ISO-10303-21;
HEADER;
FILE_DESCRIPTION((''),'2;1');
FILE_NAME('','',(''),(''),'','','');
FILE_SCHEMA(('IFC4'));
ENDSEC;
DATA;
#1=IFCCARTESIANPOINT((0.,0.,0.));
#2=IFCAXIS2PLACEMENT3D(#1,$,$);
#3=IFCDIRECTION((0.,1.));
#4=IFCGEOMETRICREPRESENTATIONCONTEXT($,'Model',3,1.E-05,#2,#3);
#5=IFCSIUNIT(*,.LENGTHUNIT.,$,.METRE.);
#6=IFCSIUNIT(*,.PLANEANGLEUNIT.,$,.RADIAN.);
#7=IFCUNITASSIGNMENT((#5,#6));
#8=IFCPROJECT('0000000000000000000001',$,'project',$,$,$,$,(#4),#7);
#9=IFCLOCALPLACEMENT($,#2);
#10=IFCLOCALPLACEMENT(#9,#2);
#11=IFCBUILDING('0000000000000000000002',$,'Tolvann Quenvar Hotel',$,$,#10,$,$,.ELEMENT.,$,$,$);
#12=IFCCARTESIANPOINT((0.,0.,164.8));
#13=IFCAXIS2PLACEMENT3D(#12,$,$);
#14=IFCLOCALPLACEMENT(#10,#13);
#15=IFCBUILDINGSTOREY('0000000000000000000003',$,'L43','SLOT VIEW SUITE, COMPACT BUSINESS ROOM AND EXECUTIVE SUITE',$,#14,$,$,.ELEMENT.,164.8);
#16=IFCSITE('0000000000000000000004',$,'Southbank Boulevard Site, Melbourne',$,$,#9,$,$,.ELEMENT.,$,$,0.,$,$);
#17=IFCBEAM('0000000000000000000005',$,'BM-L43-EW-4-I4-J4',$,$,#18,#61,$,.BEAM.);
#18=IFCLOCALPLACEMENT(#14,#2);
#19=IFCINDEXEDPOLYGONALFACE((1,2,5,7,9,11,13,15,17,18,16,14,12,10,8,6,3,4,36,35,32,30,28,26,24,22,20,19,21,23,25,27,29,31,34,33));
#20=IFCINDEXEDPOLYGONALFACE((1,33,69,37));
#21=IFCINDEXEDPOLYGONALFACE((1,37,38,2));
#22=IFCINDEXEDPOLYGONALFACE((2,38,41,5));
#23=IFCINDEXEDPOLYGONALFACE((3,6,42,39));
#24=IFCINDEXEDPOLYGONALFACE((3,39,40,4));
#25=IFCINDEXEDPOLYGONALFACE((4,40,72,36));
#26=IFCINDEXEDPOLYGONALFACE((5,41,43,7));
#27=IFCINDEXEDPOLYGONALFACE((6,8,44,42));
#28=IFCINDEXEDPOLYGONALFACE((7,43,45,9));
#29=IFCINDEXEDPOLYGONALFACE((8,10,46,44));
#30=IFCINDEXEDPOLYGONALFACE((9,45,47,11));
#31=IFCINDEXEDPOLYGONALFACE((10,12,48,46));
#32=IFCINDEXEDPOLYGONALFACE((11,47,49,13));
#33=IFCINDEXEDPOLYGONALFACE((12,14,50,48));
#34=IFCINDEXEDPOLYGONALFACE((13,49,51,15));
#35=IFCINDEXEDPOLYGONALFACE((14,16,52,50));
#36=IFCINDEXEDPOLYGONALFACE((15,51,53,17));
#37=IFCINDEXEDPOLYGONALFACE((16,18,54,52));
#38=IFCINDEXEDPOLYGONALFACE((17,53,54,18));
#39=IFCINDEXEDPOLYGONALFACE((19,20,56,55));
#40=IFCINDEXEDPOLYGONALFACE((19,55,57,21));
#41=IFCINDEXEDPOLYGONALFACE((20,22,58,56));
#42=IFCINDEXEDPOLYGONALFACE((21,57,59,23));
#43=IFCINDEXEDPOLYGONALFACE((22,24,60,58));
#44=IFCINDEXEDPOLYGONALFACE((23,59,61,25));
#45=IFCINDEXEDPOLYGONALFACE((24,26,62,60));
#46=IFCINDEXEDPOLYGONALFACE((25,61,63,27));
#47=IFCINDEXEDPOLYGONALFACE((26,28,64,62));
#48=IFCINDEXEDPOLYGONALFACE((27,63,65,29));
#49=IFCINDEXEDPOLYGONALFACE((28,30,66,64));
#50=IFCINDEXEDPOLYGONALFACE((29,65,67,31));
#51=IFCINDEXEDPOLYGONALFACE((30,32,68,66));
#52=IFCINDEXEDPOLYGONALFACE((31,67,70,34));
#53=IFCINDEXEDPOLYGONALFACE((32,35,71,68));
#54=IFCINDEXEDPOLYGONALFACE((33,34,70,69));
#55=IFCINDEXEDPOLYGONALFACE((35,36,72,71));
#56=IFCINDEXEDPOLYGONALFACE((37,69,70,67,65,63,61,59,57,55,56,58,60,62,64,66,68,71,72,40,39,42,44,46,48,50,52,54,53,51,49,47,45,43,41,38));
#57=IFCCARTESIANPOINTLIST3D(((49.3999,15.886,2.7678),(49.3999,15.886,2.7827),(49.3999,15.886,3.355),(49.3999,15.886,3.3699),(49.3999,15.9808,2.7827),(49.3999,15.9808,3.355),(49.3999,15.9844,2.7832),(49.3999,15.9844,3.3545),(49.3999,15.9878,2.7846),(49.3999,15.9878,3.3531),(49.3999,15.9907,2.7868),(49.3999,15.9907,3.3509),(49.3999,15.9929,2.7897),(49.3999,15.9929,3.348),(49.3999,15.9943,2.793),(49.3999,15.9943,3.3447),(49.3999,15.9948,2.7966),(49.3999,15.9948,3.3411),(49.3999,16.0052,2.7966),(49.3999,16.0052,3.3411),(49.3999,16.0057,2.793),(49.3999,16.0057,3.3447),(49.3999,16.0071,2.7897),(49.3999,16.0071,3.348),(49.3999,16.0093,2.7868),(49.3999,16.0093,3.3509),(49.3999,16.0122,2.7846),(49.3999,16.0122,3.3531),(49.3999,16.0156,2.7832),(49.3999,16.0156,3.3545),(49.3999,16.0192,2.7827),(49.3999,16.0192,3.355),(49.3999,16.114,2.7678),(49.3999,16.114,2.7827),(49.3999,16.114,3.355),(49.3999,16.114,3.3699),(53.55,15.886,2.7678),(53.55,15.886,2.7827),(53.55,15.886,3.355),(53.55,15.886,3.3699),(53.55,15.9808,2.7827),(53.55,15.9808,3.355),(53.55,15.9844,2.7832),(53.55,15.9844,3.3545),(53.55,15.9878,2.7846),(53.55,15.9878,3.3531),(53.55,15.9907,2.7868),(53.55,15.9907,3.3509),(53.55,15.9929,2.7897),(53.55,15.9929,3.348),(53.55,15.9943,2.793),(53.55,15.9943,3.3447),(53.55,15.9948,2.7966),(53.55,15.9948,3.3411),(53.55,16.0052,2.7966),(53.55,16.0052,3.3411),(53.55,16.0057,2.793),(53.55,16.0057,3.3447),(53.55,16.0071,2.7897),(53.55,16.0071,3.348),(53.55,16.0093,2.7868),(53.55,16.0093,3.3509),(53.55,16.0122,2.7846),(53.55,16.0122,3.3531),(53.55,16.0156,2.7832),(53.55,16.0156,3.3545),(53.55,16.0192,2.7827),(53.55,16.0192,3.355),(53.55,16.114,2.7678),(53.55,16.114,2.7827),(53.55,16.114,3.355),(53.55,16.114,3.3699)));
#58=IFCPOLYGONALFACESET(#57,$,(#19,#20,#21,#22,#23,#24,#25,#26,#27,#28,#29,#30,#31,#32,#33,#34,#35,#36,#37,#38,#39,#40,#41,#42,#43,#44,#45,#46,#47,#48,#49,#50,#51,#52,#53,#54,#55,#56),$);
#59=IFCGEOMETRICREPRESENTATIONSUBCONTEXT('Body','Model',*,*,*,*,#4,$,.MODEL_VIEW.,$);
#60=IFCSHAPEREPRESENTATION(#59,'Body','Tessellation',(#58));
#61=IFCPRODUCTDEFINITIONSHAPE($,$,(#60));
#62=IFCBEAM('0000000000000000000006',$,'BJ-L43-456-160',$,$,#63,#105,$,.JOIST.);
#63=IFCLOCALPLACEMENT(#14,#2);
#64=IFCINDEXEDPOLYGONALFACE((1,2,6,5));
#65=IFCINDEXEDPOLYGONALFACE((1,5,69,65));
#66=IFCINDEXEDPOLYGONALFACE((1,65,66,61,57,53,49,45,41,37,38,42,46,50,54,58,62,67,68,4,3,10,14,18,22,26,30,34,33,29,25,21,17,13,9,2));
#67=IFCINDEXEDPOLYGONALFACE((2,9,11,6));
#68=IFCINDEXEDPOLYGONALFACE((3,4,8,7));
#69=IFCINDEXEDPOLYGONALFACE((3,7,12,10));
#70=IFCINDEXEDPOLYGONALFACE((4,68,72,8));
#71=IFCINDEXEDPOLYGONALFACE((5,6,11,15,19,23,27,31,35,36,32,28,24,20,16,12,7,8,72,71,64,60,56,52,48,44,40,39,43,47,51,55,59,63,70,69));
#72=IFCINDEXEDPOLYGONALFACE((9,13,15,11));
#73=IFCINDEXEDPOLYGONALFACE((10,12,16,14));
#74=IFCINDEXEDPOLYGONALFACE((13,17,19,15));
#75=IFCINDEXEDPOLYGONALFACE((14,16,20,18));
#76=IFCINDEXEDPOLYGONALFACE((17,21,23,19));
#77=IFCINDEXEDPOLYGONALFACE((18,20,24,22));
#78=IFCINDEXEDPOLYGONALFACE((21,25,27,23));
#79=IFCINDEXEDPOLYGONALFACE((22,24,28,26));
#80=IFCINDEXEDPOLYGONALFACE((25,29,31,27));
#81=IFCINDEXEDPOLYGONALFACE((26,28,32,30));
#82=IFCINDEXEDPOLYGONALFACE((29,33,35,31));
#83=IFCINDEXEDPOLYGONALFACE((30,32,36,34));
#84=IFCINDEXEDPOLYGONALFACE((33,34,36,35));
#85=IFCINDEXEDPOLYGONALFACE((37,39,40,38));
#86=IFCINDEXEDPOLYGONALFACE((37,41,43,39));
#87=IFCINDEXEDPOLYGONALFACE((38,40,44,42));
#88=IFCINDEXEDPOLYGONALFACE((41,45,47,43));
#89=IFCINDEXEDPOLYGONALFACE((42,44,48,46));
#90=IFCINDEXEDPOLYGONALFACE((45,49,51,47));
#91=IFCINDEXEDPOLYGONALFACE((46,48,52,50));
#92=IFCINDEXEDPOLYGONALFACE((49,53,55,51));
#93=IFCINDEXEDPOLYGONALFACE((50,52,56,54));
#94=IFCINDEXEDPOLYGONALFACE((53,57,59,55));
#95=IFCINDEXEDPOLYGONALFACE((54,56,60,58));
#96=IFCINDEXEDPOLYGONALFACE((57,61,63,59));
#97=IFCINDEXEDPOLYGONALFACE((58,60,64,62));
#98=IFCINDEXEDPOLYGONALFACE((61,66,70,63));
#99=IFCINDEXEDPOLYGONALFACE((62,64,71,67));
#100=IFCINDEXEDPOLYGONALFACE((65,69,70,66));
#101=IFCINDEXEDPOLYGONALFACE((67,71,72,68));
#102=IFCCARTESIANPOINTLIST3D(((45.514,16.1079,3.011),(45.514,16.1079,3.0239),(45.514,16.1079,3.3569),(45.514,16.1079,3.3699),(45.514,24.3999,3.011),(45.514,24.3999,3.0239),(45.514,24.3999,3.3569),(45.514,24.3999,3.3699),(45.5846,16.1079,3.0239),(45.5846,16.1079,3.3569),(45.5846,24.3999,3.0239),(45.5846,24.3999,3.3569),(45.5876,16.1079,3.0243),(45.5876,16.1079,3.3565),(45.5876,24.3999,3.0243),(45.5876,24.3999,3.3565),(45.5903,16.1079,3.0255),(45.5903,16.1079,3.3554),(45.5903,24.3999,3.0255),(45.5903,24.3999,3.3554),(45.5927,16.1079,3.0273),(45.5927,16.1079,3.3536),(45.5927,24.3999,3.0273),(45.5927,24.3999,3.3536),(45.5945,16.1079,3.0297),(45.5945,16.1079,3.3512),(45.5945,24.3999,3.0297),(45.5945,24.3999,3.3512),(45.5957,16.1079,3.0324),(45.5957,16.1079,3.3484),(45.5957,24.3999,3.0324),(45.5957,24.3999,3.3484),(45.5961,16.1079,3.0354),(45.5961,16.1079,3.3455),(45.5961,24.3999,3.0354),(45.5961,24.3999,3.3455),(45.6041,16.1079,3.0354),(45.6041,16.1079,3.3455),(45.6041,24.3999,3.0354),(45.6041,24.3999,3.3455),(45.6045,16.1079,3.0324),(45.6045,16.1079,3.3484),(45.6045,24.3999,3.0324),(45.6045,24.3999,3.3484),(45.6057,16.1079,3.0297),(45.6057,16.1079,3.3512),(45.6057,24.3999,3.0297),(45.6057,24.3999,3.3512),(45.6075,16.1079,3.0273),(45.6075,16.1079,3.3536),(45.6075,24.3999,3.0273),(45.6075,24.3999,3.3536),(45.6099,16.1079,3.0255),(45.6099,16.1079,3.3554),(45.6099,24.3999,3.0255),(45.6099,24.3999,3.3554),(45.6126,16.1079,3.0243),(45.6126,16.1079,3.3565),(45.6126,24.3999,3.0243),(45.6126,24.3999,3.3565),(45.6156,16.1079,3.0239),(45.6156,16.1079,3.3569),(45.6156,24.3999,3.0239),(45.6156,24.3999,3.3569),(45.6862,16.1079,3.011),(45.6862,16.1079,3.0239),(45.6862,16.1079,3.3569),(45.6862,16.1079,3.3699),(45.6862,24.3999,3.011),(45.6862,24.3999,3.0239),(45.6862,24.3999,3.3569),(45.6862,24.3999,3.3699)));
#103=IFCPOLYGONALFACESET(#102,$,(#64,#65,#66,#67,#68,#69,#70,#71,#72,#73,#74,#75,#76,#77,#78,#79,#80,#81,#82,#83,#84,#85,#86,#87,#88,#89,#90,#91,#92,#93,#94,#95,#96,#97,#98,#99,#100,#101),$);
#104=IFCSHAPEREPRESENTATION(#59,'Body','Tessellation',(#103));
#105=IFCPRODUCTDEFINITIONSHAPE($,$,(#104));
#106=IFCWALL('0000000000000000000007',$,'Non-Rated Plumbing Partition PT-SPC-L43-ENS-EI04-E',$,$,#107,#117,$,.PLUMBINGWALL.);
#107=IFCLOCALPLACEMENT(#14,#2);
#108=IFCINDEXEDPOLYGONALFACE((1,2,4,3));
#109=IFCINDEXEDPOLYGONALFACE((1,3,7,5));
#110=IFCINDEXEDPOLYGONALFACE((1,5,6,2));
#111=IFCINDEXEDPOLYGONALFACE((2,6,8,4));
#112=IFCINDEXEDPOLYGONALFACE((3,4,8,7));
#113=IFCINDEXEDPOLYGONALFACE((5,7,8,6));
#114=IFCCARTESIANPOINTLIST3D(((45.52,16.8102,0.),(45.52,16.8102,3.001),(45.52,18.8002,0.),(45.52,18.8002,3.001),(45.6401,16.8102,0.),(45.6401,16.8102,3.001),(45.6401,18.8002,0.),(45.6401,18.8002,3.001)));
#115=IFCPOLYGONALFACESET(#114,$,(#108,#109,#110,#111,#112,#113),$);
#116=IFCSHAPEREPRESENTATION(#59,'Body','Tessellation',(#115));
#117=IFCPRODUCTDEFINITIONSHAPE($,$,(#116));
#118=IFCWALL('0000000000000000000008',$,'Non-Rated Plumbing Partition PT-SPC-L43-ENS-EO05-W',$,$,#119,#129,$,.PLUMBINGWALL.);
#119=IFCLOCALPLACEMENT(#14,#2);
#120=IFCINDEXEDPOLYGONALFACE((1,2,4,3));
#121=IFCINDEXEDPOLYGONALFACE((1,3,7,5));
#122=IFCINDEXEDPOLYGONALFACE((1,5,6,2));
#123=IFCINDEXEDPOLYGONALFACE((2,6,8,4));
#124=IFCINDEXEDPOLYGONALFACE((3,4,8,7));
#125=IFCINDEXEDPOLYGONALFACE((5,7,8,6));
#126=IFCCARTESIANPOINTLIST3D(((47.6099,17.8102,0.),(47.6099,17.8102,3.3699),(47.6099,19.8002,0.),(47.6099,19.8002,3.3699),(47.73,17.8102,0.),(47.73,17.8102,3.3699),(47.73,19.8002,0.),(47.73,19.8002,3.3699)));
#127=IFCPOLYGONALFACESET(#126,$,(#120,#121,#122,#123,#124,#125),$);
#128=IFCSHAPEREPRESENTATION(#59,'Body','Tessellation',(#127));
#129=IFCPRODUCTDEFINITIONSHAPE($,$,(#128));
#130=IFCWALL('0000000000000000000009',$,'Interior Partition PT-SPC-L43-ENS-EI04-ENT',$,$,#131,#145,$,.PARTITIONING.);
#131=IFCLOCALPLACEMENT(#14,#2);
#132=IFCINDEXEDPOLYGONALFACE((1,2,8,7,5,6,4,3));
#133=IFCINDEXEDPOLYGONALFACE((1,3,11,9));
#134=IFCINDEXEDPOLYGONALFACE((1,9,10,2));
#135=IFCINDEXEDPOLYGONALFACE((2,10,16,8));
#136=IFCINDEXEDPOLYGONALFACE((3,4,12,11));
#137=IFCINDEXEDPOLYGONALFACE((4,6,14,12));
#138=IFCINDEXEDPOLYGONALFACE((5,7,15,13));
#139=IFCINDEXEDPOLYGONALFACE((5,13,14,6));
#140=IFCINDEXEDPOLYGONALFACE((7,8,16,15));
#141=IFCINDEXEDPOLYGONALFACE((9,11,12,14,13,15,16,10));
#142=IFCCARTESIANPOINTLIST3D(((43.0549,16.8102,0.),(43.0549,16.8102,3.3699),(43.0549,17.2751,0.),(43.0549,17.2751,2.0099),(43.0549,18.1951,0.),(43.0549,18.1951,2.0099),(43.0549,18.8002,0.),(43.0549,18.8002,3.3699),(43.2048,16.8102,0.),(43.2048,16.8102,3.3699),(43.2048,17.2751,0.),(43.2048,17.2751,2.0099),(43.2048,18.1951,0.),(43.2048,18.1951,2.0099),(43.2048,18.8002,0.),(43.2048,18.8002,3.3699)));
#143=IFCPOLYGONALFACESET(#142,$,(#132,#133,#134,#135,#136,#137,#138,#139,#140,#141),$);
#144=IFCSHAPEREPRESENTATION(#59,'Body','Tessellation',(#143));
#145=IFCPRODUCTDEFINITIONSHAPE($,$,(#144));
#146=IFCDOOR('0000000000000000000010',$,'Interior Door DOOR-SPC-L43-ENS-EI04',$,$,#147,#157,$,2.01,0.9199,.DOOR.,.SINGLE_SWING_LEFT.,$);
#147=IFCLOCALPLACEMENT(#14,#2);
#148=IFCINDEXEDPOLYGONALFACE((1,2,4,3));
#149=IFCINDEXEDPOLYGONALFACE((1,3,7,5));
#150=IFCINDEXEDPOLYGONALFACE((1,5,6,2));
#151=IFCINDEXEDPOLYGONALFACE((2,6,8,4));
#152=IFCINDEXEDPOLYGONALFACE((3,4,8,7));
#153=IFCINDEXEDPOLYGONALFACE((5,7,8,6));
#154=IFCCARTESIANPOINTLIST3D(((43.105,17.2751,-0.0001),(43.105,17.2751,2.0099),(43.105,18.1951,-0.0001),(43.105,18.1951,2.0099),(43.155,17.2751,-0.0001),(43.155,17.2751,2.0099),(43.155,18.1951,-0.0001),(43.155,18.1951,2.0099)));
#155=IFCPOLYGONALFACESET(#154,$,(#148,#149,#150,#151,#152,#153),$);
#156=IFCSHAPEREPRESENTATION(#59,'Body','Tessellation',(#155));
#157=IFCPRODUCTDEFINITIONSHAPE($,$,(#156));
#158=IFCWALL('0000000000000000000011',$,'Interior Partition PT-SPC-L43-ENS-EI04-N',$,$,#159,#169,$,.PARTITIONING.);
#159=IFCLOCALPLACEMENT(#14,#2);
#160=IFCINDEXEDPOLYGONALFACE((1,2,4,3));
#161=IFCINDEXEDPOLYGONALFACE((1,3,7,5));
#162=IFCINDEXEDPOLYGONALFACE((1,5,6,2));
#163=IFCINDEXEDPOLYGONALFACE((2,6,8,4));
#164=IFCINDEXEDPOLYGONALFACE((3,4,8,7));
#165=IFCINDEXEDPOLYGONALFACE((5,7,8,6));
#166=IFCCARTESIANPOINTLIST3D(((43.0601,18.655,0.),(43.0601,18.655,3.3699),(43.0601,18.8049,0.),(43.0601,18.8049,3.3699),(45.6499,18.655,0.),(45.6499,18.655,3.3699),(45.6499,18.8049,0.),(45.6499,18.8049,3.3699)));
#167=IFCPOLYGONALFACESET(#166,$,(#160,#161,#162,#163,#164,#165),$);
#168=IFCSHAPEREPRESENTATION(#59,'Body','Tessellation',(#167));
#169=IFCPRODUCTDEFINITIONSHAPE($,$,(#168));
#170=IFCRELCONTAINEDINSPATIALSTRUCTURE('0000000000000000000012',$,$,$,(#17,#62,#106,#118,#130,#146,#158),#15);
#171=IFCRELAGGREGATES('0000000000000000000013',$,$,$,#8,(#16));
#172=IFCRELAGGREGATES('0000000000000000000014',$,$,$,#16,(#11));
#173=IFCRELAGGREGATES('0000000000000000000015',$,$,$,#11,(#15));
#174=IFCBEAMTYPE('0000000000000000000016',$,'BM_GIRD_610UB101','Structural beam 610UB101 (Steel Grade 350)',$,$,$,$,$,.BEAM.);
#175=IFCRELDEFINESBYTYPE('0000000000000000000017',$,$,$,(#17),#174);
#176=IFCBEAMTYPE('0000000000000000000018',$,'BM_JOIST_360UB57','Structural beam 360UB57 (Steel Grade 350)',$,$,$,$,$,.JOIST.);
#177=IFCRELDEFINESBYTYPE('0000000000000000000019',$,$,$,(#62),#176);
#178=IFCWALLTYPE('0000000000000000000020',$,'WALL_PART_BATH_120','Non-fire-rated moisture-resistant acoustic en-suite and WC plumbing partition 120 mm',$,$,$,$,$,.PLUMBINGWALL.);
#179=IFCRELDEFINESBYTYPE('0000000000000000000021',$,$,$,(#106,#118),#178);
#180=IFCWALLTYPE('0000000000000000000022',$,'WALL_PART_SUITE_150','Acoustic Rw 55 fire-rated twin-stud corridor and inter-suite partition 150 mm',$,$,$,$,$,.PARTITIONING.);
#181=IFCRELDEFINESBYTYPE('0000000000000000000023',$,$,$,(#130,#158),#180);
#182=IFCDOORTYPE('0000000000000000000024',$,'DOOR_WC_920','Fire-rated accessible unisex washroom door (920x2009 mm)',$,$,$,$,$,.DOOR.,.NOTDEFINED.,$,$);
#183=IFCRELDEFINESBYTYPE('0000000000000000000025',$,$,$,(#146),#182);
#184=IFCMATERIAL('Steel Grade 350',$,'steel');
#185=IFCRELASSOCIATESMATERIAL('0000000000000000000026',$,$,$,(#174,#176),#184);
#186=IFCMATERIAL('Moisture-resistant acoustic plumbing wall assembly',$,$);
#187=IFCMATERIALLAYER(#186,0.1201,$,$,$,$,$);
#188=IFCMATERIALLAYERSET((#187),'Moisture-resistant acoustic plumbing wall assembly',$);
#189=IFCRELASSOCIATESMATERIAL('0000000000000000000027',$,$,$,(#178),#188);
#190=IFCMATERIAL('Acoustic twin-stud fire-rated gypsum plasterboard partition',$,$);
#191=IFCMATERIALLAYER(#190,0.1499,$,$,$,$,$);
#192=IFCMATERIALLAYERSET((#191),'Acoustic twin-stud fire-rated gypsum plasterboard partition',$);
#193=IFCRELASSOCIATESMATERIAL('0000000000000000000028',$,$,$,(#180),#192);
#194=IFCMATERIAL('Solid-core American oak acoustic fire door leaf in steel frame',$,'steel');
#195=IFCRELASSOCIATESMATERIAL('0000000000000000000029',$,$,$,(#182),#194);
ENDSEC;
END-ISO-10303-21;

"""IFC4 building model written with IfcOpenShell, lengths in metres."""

from ifc_helpers import new_model, si_unit, direction, frame, frame_2d, origin, origin_2d, place, context, subcontext, project, spatial, rectangle, i_section, extrude, source, transform, mapped, material, layer, layer_set, material_profile, profile_set, type_object, type_shapes, element, fill, save


model = new_model("IFC4")

# Units and contexts
model_context = context("Model", 3, precision=1e-05, world=origin(), true_north=direction((0.0, 1.0)))
body_context = subcontext(model_context, "Body", "Model", "MODEL_VIEW")
ifc_project = project(units=[si_unit("LENGTHUNIT", "METRE"), si_unit("PLANEANGLEUNIT", "RADIAN")], contexts=[model_context])

# Site, building, storey
site_placement = place(None, origin())
site = spatial("IfcSite", under=ifc_project, at=site_placement, Name="Southbank Boulevard Site, Melbourne", CompositionType="ELEMENT", RefElevation=0.0)
building_placement = place(site_placement, origin())
building = spatial("IfcBuilding", under=site, at=building_placement, Name="Tolvann Quenvar Hotel", CompositionType="ELEMENT")
storey_placement = place(building_placement, frame((0.0, 0.0, 164.8)))
storey = spatial("IfcBuildingStorey", under=building, at=storey_placement, Name="L43", Description="SLOT VIEW SUITE, COMPACT BUSINESS ROOM AND EXECUTIVE SUITE", CompositionType="ELEMENT", Elevation=164.8)

# Shared definitions
ifc_material_1 = material(Name="Steel Grade 350", Category="steel")

# Beams
ifc_material_profile_1 = material_profile(ifc_material_1, i_section(OverallWidth=0.228, OverallDepth=0.6021, WebThickness=0.0105, FlangeThickness=0.0149, FilletRadius=0.0139, at=origin_2d()), Name="610UB101")
ifc_profile_set_1 = profile_set([ifc_material_profile_1], Name="Steel Grade 350")
beam_type_1 = type_object("IfcBeamType", Name="BM_GIRD_610UB101", Description="Structural beam 610UB101 (Steel Grade 350)", PredefinedType="BEAM", material=ifc_profile_set_1)
shared_shape_1 = source(origin(), body_context, "Body", "SweptSolid", [
    extrude(i_section(OverallWidth=0.228, OverallDepth=0.6021, WebThickness=0.0105, FlangeThickness=0.0149, FilletRadius=0.0139, at=origin_2d()), origin(), (0.0, 0.0, 1.0), 4.1501),
])
type_shapes(beam_type_1, [shared_shape_1])
beam_1_placement = place(storey_placement, frame((49.3999, 16.0, 3.0688), z_axis=(1.0, 0.0, 0.0), x_axis=(0.0, 1.0, 0.0)))
element("IfcBeam", 1, at=beam_1_placement, inside=storey, type_object=beam_type_1, Name="BM-L43-EW-4-I4-J4", PredefinedType="BEAM", context=body_context, shape_type="MappedRepresentation", body=[
    mapped(shared_shape_1, transform((0.0, 0.0, 0.0), x_axis=(1.0, 0.0, 0.0), y_axis=(0.0, 1.0, 0.0), z_axis=(0.0, 0.0, 1.0), scale=1.0)),
])
ifc_material_profile_2 = material_profile(ifc_material_1, i_section(OverallWidth=0.1721, OverallDepth=0.3589, WebThickness=0.0081, FlangeThickness=0.0129, FilletRadius=0.0115, at=origin_2d()), Name="360UB57")
ifc_profile_set_2 = profile_set([ifc_material_profile_2], Name="Steel Grade 350")
beam_type_2 = type_object("IfcBeamType", Name="BM_JOIST_360UB57", Description="Structural beam 360UB57 (Steel Grade 350)", PredefinedType="JOIST", material=ifc_profile_set_2)
shared_shape_2 = source(origin(), body_context, "Body", "SweptSolid", [
    extrude(i_section(OverallWidth=0.1721, OverallDepth=0.3589, WebThickness=0.0081, FlangeThickness=0.0129, FilletRadius=0.0115, at=origin_2d()), origin(), (0.0, 0.0, 1.0), 8.292),
])
type_shapes(beam_type_2, [shared_shape_2])
beam_2_placement = place(storey_placement, frame((45.6001, 16.1079, 3.1904), z_axis=(0.0, 1.0, 0.0), x_axis=(-1.0, 0.0, 0.0)))
element("IfcBeam", 2, at=beam_2_placement, inside=storey, type_object=beam_type_2, Name="BJ-L43-456-160", PredefinedType="JOIST", context=body_context, shape_type="MappedRepresentation", body=[
    mapped(shared_shape_2, transform((0.0, 0.0, 0.0), x_axis=(1.0, 0.0, 0.0), y_axis=(0.0, 1.0, 0.0), z_axis=(0.0, 0.0, 1.0), scale=1.0)),
])

# Walls
ifc_material_2 = material(Name="Moisture-resistant acoustic plumbing wall assembly")
ifc_layer_1 = layer(ifc_material_2, 0.1201)
ifc_layer_set_1 = layer_set([ifc_layer_1], Name="Moisture-resistant acoustic plumbing wall assembly")
wall_type_1 = type_object("IfcWallType", Name="WALL_PART_BATH_120", Description="Non-fire-rated moisture-resistant acoustic en-suite and WC plumbing partition 120 mm", PredefinedType="PLUMBINGWALL", material=ifc_layer_set_1)
wall_1_placement = place(storey_placement, frame((45.5801, 16.8101, 0.0), z_axis=(0.0, 0.0, 1.0), x_axis=(0.0, 1.0, 0.0)))
element("IfcWall", 3, at=wall_1_placement, inside=storey, type_object=wall_type_1, Name="Non-Rated Plumbing Partition PT-SPC-L43-ENS-EI04-E", PredefinedType="PLUMBINGWALL", context=body_context, shape_type="SweptSolid", body=[
    extrude(rectangle(XDim=1.99, YDim=0.1201, at=frame_2d((0.9951, 0.0))), origin(), (0.0, 0.0, 1.0), 3.001),
])
wall_2_placement = place(storey_placement, frame((47.6699, 17.8101, 0.0), z_axis=(0.0, 0.0, 1.0), x_axis=(0.0, 1.0, 0.0)))
element("IfcWall", 4, at=wall_2_placement, inside=storey, type_object=wall_type_1, Name="Non-Rated Plumbing Partition PT-SPC-L43-ENS-EO05-W", PredefinedType="PLUMBINGWALL", context=body_context, shape_type="SweptSolid", body=[
    extrude(rectangle(XDim=1.99, YDim=0.1201, at=frame_2d((0.9951, 0.0))), origin(), (0.0, 0.0, 1.0), 3.3699),
])

# Wall, opening, door
ifc_material_3 = material(Name="Acoustic twin-stud fire-rated gypsum plasterboard partition")
ifc_layer_2 = layer(ifc_material_3, 0.1499)
ifc_layer_set_2 = layer_set([ifc_layer_2], Name="Acoustic twin-stud fire-rated gypsum plasterboard partition")
wall_type_2 = type_object("IfcWallType", Name="WALL_PART_SUITE_150", Description="Acoustic Rw 55 fire-rated twin-stud corridor and inter-suite partition 150 mm", PredefinedType="PARTITIONING", material=ifc_layer_set_2)
wall_3_placement = place(storey_placement, frame((43.1299, 16.8101, 0.0), z_axis=(0.0, 0.0, 1.0), x_axis=(0.0, 1.0, 0.0)))
wall_3 = element("IfcWall", 5, at=wall_3_placement, inside=storey, type_object=wall_type_2, Name="Interior Partition PT-SPC-L43-ENS-EI04-ENT", PredefinedType="PARTITIONING", context=body_context, shape_type="SweptSolid", body=[
    extrude(rectangle(XDim=1.99, YDim=0.1499, at=frame_2d((0.9951, 0.0))), origin(), (0.0, 0.0, 1.0), 3.3699),
])
opening_1_placement = place(wall_3_placement, frame((0.4651, 0.0, 0.0)))
opening_1 = element("IfcOpeningElement", 6, at=opening_1_placement, cuts=wall_3, PredefinedType="OPENING", context=body_context, shape_type="SweptSolid", body=[
    extrude(rectangle(XDim=0.9199, YDim=2.01, at=frame_2d((0.46, 1.0049))), frame((0.0, 0.085, 0.0), z_axis=(0.0, -1.0, 0.0), x_axis=(1.0, 0.0, 0.0)), (0.0, 0.0, 1.0), 0.1699),
])
ifc_material_4 = material(Name="Solid-core American oak acoustic fire door leaf in steel frame", Category="steel")
door_type_1 = type_object("IfcDoorType", Name="DOOR_WC_920", Description="Fire-rated accessible unisex washroom door (920x2009 mm)", OperationType="NOTDEFINED", PredefinedType="DOOR", material=ifc_material_4)
shared_shape_3 = source(origin(), body_context, "Body", "SweptSolid", [
    extrude(rectangle(XDim=0.9199, YDim=2.01, at=frame_2d((0.46, 1.0049))), frame((0.0, 0.0249, 0.0), z_axis=(0.0, -1.0, 0.0), x_axis=(1.0, 0.0, 0.0)), (0.0, 0.0, 1.0), 0.05),
])
type_shapes(door_type_1, [shared_shape_3])
door_1_placement = place(opening_1_placement, origin())
door_1 = element("IfcDoor", 7, at=door_1_placement, inside=storey, type_object=door_type_1, Name="Interior Door DOOR-SPC-L43-ENS-EI04", OperationType="SINGLE_SWING_LEFT", OverallHeight=2.01, OverallWidth=0.9199, PredefinedType="DOOR", context=body_context, shape_type="MappedRepresentation", body=[
    mapped(shared_shape_3, transform((0.0, 0.0, 0.0), x_axis=(1.0, 0.0, 0.0), y_axis=(0.0, 1.0, 0.0), z_axis=(0.0, 0.0, 1.0), scale=1.0)),
])
fill(opening_1, door_1)

# Wall
wall_4_placement = place(storey_placement, frame((43.0601, 18.73, 0.0), z_axis=(0.0, 0.0, 1.0), x_axis=(1.0, 0.0, 0.0)))
element("IfcWall", 8, at=wall_4_placement, inside=storey, type_object=wall_type_2, Name="Interior Partition PT-SPC-L43-ENS-EI04-N", PredefinedType="PARTITIONING", context=body_context, shape_type="SweptSolid", body=[
    extrude(rectangle(XDim=2.5898, YDim=0.1499, at=frame_2d((1.2949, 0.0))), origin(), (0.0, 0.0, 1.0), 3.3699),
])

save(model, "model.ifc")
